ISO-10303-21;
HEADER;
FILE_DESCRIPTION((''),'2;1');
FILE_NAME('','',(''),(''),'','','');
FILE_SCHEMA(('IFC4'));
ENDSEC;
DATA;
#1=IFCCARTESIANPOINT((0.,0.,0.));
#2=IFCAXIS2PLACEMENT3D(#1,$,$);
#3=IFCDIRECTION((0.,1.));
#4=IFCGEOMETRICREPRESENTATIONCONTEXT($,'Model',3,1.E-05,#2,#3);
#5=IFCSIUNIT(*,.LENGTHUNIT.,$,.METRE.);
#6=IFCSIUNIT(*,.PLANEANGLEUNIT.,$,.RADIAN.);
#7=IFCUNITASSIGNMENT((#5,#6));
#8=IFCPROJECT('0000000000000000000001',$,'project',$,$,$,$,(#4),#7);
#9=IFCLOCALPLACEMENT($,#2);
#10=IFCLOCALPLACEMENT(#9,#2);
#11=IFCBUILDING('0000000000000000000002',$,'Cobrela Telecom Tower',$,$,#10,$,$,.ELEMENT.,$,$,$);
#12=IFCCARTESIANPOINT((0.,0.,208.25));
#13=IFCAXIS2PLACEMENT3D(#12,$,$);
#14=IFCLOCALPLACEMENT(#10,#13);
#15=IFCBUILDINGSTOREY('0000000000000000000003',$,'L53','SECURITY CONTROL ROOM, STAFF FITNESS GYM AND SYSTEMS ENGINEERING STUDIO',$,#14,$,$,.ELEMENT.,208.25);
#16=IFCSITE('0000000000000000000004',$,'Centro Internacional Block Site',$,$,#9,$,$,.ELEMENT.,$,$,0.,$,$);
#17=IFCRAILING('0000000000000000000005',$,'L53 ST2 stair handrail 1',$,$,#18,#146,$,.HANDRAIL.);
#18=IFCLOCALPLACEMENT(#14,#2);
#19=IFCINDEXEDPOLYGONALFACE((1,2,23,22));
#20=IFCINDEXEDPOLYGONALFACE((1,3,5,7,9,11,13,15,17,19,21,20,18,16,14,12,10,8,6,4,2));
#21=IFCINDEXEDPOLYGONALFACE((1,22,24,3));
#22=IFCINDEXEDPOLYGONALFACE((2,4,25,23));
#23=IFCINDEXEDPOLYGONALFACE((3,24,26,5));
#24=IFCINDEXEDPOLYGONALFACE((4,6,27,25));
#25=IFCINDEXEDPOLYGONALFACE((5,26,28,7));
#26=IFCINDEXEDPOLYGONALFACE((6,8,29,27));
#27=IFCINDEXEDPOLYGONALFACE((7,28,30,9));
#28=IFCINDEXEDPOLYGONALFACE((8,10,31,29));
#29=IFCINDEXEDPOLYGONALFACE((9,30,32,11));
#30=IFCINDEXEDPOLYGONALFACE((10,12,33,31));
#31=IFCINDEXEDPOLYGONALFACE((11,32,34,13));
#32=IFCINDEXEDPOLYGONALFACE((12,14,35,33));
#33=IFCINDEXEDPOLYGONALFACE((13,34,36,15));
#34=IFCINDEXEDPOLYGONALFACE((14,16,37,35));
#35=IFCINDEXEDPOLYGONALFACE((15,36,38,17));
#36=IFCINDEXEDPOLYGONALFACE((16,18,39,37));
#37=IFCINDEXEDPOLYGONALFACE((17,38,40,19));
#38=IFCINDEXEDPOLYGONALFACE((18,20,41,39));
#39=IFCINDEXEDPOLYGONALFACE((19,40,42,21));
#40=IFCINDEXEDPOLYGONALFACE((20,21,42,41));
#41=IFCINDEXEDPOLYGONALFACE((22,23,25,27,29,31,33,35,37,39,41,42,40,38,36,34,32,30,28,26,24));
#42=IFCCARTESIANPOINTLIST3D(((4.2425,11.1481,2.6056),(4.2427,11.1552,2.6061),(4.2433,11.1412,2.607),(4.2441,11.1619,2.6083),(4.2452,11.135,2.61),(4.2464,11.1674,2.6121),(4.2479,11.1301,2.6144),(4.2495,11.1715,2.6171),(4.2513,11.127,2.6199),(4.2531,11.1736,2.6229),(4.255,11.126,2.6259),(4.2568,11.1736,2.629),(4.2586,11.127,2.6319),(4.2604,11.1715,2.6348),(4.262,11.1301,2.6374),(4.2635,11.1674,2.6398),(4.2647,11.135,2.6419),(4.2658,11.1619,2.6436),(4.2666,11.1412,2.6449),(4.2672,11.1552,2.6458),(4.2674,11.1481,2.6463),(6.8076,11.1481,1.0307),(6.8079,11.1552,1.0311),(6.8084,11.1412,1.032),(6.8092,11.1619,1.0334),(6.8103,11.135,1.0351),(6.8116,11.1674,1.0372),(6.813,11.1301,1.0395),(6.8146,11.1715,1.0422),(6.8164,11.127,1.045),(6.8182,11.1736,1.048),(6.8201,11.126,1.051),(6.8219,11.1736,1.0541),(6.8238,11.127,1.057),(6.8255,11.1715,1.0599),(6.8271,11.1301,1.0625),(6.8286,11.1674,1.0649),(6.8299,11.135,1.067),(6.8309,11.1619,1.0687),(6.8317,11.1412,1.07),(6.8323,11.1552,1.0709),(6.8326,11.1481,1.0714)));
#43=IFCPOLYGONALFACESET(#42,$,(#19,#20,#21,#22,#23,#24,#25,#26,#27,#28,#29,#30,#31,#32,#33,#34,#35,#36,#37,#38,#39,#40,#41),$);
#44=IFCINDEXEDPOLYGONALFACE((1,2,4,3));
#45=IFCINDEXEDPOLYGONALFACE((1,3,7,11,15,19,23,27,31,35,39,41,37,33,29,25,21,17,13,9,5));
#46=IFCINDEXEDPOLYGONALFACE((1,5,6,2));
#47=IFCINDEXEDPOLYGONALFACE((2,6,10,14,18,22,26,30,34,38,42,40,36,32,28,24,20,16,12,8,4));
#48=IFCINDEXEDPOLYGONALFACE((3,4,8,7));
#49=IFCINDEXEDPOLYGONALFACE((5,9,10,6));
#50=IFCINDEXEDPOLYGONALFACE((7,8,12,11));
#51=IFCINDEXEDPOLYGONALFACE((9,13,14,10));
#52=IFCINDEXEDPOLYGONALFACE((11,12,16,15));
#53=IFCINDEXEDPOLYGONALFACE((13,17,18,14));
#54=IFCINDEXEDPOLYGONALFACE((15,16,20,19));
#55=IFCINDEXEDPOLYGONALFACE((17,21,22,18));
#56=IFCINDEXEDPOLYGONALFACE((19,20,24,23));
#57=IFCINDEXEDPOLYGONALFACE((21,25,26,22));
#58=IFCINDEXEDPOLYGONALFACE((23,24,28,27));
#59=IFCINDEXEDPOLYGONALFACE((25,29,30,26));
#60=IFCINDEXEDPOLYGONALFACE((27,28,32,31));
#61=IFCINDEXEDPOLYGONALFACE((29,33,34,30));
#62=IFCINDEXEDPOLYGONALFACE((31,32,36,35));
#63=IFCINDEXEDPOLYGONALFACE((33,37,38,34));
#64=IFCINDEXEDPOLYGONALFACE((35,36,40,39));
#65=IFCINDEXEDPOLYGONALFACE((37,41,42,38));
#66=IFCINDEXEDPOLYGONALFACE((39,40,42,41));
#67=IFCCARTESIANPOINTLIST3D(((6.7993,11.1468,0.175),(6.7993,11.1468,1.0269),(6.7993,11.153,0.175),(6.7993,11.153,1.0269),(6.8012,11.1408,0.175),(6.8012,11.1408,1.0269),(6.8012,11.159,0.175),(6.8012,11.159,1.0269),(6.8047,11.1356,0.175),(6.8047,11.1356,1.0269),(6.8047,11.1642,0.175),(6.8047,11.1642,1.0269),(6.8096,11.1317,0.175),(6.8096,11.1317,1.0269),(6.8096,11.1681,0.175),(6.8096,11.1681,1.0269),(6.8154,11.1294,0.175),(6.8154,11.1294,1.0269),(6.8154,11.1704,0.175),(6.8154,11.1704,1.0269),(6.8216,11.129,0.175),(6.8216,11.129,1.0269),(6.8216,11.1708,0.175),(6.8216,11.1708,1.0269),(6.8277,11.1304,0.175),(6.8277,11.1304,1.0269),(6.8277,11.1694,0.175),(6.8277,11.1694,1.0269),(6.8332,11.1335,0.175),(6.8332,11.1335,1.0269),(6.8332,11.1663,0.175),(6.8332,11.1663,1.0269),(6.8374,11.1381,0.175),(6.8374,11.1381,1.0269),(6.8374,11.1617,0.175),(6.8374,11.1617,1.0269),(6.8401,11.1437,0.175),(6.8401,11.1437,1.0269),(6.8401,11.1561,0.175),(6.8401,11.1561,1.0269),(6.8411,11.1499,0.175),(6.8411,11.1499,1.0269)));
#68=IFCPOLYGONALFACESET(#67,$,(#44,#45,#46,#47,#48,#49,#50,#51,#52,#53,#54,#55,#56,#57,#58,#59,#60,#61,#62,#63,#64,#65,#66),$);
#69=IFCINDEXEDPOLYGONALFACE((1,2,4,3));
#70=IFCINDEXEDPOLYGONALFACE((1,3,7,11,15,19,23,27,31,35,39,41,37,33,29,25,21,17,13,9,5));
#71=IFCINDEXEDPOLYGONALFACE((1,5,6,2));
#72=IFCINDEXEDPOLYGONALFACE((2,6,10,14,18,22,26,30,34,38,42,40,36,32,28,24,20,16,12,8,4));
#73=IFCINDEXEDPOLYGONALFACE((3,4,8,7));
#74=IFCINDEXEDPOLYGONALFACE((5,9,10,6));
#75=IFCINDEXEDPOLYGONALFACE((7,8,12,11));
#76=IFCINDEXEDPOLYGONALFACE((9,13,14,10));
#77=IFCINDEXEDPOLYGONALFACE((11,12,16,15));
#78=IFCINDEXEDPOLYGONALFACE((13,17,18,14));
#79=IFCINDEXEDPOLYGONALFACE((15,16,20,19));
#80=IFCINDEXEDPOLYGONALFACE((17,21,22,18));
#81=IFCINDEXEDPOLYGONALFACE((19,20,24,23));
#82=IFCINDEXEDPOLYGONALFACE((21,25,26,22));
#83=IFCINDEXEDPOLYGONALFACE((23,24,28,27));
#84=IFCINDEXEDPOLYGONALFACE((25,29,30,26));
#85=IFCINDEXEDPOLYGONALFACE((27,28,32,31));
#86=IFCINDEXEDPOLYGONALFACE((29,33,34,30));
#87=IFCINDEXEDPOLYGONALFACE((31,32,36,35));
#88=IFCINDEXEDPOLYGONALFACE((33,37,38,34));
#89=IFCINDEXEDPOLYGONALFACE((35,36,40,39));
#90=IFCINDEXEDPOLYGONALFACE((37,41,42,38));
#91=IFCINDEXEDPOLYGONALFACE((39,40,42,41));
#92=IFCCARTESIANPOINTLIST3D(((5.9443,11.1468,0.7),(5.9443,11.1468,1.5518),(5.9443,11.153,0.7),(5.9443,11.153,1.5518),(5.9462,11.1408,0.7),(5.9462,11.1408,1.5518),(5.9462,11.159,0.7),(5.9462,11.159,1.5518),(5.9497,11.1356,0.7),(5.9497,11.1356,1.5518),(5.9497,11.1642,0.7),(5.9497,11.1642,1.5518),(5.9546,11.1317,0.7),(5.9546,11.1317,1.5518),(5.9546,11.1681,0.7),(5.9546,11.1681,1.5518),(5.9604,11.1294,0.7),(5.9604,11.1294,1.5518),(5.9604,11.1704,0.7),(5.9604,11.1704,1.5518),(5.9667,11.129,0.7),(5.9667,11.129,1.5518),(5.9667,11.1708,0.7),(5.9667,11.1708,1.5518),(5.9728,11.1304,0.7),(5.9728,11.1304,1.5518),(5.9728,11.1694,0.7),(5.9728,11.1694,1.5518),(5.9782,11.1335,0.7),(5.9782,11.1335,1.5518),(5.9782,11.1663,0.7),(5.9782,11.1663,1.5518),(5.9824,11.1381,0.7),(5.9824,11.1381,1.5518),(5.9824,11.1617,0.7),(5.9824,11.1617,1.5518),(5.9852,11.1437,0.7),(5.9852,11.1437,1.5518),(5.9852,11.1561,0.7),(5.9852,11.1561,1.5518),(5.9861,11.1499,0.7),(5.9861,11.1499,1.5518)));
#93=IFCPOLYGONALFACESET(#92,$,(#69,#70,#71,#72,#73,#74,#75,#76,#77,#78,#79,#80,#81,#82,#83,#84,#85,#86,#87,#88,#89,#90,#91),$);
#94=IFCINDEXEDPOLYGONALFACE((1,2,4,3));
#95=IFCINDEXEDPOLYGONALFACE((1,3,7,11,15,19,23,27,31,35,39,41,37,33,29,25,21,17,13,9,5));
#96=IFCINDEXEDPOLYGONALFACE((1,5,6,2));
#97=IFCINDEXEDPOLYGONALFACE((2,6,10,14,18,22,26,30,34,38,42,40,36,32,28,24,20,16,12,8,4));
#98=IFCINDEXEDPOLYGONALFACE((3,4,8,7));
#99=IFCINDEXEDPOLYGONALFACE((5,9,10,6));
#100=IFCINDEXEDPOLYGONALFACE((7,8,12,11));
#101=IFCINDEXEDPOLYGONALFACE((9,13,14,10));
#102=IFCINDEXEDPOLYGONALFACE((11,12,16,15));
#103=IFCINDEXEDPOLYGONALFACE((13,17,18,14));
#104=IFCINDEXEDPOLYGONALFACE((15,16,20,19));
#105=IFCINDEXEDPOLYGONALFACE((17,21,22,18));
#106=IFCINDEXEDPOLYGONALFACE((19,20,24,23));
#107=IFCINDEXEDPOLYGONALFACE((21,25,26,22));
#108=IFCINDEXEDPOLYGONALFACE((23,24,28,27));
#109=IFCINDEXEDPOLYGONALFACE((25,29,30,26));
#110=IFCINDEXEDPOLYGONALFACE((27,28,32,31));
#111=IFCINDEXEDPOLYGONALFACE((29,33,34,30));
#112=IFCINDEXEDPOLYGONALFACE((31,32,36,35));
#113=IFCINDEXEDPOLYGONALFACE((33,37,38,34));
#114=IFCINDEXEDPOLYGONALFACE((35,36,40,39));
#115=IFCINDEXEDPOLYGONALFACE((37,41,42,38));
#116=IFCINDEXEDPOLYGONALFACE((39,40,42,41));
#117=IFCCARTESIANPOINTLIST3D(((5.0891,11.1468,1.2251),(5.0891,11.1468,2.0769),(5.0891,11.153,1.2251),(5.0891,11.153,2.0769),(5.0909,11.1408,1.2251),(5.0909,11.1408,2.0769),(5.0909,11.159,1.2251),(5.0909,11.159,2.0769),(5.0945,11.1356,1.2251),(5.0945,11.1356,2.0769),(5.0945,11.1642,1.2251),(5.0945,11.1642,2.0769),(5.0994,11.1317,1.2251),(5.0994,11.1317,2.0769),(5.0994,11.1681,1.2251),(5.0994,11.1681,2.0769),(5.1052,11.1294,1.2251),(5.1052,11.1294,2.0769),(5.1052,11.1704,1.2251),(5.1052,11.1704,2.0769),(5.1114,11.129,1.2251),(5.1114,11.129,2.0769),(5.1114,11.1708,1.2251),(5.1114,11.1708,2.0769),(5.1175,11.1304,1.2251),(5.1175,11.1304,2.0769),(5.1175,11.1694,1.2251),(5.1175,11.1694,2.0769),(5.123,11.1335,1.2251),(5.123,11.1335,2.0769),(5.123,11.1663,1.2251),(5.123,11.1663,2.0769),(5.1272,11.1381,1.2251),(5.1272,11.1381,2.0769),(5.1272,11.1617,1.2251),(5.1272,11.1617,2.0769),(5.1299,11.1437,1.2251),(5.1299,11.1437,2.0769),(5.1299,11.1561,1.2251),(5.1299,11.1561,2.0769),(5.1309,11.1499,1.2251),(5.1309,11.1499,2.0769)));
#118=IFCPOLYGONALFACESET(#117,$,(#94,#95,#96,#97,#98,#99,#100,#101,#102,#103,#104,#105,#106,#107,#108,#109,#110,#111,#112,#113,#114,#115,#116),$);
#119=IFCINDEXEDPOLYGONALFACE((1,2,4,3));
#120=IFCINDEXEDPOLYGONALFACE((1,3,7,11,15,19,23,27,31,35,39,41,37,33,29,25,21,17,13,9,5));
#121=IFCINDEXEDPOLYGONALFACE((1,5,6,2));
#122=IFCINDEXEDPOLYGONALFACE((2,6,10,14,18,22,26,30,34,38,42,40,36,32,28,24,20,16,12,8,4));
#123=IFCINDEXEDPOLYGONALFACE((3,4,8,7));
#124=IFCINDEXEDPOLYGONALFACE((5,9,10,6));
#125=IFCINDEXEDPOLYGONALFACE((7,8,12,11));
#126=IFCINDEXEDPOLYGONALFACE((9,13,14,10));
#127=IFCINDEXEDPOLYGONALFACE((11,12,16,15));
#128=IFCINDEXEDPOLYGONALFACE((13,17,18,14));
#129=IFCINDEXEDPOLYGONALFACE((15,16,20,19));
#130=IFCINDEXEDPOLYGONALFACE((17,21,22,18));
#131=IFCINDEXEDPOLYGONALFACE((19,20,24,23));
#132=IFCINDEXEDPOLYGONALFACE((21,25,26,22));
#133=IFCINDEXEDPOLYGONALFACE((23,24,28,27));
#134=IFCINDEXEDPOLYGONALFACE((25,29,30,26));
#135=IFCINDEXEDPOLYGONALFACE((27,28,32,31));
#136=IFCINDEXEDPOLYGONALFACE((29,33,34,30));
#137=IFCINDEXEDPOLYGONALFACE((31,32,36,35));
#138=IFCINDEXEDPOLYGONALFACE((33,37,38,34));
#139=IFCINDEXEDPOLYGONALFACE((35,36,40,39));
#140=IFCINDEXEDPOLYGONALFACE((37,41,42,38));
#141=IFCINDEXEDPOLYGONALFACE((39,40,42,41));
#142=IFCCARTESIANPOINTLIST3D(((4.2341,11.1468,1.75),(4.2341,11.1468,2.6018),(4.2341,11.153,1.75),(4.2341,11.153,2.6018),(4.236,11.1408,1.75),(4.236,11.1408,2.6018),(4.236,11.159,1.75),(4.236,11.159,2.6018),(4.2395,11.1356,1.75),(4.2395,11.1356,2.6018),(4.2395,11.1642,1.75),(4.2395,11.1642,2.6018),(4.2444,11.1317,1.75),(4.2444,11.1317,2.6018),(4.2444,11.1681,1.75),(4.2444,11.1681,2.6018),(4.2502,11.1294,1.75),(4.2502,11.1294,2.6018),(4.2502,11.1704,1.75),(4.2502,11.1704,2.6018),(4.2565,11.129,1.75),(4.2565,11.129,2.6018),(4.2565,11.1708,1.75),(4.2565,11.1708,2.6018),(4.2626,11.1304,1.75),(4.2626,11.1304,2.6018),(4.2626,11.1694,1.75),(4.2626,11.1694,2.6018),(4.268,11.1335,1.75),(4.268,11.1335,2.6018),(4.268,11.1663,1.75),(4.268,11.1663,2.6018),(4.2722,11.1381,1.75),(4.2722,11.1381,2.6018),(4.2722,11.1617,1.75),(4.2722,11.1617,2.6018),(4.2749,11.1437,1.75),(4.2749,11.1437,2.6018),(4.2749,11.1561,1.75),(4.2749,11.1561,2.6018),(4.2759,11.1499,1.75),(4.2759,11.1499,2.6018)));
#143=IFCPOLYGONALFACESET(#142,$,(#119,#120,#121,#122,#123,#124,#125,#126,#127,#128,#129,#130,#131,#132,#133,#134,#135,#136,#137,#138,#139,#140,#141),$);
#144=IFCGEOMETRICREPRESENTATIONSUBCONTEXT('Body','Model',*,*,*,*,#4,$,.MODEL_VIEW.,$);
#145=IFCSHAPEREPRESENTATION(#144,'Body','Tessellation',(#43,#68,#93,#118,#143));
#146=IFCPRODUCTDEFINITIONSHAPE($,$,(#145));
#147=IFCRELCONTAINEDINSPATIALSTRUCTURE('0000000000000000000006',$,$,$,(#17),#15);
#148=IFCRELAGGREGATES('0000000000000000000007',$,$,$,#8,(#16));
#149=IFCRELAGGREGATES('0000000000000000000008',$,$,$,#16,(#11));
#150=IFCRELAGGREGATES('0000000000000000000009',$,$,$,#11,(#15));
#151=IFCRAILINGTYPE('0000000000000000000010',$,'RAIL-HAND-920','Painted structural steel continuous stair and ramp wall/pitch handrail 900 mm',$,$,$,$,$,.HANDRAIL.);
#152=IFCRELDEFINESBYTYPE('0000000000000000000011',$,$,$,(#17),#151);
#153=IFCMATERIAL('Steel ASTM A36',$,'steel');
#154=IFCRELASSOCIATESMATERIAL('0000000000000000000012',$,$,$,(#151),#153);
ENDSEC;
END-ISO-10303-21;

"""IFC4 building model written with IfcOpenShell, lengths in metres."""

from ifc_helpers import new_model, si_unit, direction, frame, origin, origin_2d, place, context, subcontext, project, spatial, circle, extrude, material, type_object, element, save


model = new_model("IFC4")

# Units and contexts
model_context = context("Model", 3, precision=1e-05, world=origin(), true_north=direction((0.0, 1.0)))
body_context = subcontext(model_context, "Body", "Model", "MODEL_VIEW")
ifc_project = project(units=[si_unit("LENGTHUNIT", "METRE"), si_unit("PLANEANGLEUNIT", "RADIAN")], contexts=[model_context])

# Site, building, storey
site_placement = place(None, origin())
site = spatial("IfcSite", under=ifc_project, at=site_placement, Name="Centro Internacional Block Site", CompositionType="ELEMENT", RefElevation=0.0)
building_placement = place(site_placement, origin())
building = spatial("IfcBuilding", under=site, at=building_placement, Name="Cobrela Telecom Tower", CompositionType="ELEMENT")
storey_placement = place(building_placement, frame((0.0, 0.0, 208.25)))
storey = spatial("IfcBuildingStorey", under=building, at=storey_placement, Name="L53", Description="SECURITY CONTROL ROOM, STAFF FITNESS GYM AND SYSTEMS ENGINEERING STUDIO", CompositionType="ELEMENT", Elevation=208.25)

# Railing
ifc_material_1 = material(Name="Steel ASTM A36", Category="steel")
railing_type_1 = type_object("IfcRailingType", Name="RAIL-HAND-920", Description="Painted structural steel continuous stair and ramp wall/pitch handrail 900 mm", PredefinedType="HANDRAIL", material=ifc_material_1)
railing_1_placement = place(storey_placement, frame((6.8201, 11.1499, 0.175)))
element("IfcRailing", 1, at=railing_1_placement, inside=storey, type_object=railing_type_1, Name="L53 ST2 stair handrail 1", PredefinedType="HANDRAIL", context=body_context, shape_type="SweptSolid", body=[
    extrude(circle(Radius=0.0239, at=origin_2d()), frame((0.0, 0.0, 0.876), z_axis=(-0.852195, 0.0, 0.523224), x_axis=(0.0, -1.0, 0.0)), (0.0, 0.0, 1.0), 3.01),
    extrude(circle(Radius=0.021, at=origin_2d()), origin(), (0.0, 0.0, 1.0), 0.8518),
    extrude(circle(Radius=0.021, at=origin_2d()), frame((-0.855, 0.0, 0.5249)), (0.0, 0.0, 1.0), 0.8518),
    extrude(circle(Radius=0.021, at=origin_2d()), frame((-1.7102, 0.0, 1.05)), (0.0, 0.0, 1.0), 0.8518),
    extrude(circle(Radius=0.021, at=origin_2d()), frame((-2.5652, 0.0, 1.575)), (0.0, 0.0, 1.0), 0.8518),
])

save(model, "model.ifc")
